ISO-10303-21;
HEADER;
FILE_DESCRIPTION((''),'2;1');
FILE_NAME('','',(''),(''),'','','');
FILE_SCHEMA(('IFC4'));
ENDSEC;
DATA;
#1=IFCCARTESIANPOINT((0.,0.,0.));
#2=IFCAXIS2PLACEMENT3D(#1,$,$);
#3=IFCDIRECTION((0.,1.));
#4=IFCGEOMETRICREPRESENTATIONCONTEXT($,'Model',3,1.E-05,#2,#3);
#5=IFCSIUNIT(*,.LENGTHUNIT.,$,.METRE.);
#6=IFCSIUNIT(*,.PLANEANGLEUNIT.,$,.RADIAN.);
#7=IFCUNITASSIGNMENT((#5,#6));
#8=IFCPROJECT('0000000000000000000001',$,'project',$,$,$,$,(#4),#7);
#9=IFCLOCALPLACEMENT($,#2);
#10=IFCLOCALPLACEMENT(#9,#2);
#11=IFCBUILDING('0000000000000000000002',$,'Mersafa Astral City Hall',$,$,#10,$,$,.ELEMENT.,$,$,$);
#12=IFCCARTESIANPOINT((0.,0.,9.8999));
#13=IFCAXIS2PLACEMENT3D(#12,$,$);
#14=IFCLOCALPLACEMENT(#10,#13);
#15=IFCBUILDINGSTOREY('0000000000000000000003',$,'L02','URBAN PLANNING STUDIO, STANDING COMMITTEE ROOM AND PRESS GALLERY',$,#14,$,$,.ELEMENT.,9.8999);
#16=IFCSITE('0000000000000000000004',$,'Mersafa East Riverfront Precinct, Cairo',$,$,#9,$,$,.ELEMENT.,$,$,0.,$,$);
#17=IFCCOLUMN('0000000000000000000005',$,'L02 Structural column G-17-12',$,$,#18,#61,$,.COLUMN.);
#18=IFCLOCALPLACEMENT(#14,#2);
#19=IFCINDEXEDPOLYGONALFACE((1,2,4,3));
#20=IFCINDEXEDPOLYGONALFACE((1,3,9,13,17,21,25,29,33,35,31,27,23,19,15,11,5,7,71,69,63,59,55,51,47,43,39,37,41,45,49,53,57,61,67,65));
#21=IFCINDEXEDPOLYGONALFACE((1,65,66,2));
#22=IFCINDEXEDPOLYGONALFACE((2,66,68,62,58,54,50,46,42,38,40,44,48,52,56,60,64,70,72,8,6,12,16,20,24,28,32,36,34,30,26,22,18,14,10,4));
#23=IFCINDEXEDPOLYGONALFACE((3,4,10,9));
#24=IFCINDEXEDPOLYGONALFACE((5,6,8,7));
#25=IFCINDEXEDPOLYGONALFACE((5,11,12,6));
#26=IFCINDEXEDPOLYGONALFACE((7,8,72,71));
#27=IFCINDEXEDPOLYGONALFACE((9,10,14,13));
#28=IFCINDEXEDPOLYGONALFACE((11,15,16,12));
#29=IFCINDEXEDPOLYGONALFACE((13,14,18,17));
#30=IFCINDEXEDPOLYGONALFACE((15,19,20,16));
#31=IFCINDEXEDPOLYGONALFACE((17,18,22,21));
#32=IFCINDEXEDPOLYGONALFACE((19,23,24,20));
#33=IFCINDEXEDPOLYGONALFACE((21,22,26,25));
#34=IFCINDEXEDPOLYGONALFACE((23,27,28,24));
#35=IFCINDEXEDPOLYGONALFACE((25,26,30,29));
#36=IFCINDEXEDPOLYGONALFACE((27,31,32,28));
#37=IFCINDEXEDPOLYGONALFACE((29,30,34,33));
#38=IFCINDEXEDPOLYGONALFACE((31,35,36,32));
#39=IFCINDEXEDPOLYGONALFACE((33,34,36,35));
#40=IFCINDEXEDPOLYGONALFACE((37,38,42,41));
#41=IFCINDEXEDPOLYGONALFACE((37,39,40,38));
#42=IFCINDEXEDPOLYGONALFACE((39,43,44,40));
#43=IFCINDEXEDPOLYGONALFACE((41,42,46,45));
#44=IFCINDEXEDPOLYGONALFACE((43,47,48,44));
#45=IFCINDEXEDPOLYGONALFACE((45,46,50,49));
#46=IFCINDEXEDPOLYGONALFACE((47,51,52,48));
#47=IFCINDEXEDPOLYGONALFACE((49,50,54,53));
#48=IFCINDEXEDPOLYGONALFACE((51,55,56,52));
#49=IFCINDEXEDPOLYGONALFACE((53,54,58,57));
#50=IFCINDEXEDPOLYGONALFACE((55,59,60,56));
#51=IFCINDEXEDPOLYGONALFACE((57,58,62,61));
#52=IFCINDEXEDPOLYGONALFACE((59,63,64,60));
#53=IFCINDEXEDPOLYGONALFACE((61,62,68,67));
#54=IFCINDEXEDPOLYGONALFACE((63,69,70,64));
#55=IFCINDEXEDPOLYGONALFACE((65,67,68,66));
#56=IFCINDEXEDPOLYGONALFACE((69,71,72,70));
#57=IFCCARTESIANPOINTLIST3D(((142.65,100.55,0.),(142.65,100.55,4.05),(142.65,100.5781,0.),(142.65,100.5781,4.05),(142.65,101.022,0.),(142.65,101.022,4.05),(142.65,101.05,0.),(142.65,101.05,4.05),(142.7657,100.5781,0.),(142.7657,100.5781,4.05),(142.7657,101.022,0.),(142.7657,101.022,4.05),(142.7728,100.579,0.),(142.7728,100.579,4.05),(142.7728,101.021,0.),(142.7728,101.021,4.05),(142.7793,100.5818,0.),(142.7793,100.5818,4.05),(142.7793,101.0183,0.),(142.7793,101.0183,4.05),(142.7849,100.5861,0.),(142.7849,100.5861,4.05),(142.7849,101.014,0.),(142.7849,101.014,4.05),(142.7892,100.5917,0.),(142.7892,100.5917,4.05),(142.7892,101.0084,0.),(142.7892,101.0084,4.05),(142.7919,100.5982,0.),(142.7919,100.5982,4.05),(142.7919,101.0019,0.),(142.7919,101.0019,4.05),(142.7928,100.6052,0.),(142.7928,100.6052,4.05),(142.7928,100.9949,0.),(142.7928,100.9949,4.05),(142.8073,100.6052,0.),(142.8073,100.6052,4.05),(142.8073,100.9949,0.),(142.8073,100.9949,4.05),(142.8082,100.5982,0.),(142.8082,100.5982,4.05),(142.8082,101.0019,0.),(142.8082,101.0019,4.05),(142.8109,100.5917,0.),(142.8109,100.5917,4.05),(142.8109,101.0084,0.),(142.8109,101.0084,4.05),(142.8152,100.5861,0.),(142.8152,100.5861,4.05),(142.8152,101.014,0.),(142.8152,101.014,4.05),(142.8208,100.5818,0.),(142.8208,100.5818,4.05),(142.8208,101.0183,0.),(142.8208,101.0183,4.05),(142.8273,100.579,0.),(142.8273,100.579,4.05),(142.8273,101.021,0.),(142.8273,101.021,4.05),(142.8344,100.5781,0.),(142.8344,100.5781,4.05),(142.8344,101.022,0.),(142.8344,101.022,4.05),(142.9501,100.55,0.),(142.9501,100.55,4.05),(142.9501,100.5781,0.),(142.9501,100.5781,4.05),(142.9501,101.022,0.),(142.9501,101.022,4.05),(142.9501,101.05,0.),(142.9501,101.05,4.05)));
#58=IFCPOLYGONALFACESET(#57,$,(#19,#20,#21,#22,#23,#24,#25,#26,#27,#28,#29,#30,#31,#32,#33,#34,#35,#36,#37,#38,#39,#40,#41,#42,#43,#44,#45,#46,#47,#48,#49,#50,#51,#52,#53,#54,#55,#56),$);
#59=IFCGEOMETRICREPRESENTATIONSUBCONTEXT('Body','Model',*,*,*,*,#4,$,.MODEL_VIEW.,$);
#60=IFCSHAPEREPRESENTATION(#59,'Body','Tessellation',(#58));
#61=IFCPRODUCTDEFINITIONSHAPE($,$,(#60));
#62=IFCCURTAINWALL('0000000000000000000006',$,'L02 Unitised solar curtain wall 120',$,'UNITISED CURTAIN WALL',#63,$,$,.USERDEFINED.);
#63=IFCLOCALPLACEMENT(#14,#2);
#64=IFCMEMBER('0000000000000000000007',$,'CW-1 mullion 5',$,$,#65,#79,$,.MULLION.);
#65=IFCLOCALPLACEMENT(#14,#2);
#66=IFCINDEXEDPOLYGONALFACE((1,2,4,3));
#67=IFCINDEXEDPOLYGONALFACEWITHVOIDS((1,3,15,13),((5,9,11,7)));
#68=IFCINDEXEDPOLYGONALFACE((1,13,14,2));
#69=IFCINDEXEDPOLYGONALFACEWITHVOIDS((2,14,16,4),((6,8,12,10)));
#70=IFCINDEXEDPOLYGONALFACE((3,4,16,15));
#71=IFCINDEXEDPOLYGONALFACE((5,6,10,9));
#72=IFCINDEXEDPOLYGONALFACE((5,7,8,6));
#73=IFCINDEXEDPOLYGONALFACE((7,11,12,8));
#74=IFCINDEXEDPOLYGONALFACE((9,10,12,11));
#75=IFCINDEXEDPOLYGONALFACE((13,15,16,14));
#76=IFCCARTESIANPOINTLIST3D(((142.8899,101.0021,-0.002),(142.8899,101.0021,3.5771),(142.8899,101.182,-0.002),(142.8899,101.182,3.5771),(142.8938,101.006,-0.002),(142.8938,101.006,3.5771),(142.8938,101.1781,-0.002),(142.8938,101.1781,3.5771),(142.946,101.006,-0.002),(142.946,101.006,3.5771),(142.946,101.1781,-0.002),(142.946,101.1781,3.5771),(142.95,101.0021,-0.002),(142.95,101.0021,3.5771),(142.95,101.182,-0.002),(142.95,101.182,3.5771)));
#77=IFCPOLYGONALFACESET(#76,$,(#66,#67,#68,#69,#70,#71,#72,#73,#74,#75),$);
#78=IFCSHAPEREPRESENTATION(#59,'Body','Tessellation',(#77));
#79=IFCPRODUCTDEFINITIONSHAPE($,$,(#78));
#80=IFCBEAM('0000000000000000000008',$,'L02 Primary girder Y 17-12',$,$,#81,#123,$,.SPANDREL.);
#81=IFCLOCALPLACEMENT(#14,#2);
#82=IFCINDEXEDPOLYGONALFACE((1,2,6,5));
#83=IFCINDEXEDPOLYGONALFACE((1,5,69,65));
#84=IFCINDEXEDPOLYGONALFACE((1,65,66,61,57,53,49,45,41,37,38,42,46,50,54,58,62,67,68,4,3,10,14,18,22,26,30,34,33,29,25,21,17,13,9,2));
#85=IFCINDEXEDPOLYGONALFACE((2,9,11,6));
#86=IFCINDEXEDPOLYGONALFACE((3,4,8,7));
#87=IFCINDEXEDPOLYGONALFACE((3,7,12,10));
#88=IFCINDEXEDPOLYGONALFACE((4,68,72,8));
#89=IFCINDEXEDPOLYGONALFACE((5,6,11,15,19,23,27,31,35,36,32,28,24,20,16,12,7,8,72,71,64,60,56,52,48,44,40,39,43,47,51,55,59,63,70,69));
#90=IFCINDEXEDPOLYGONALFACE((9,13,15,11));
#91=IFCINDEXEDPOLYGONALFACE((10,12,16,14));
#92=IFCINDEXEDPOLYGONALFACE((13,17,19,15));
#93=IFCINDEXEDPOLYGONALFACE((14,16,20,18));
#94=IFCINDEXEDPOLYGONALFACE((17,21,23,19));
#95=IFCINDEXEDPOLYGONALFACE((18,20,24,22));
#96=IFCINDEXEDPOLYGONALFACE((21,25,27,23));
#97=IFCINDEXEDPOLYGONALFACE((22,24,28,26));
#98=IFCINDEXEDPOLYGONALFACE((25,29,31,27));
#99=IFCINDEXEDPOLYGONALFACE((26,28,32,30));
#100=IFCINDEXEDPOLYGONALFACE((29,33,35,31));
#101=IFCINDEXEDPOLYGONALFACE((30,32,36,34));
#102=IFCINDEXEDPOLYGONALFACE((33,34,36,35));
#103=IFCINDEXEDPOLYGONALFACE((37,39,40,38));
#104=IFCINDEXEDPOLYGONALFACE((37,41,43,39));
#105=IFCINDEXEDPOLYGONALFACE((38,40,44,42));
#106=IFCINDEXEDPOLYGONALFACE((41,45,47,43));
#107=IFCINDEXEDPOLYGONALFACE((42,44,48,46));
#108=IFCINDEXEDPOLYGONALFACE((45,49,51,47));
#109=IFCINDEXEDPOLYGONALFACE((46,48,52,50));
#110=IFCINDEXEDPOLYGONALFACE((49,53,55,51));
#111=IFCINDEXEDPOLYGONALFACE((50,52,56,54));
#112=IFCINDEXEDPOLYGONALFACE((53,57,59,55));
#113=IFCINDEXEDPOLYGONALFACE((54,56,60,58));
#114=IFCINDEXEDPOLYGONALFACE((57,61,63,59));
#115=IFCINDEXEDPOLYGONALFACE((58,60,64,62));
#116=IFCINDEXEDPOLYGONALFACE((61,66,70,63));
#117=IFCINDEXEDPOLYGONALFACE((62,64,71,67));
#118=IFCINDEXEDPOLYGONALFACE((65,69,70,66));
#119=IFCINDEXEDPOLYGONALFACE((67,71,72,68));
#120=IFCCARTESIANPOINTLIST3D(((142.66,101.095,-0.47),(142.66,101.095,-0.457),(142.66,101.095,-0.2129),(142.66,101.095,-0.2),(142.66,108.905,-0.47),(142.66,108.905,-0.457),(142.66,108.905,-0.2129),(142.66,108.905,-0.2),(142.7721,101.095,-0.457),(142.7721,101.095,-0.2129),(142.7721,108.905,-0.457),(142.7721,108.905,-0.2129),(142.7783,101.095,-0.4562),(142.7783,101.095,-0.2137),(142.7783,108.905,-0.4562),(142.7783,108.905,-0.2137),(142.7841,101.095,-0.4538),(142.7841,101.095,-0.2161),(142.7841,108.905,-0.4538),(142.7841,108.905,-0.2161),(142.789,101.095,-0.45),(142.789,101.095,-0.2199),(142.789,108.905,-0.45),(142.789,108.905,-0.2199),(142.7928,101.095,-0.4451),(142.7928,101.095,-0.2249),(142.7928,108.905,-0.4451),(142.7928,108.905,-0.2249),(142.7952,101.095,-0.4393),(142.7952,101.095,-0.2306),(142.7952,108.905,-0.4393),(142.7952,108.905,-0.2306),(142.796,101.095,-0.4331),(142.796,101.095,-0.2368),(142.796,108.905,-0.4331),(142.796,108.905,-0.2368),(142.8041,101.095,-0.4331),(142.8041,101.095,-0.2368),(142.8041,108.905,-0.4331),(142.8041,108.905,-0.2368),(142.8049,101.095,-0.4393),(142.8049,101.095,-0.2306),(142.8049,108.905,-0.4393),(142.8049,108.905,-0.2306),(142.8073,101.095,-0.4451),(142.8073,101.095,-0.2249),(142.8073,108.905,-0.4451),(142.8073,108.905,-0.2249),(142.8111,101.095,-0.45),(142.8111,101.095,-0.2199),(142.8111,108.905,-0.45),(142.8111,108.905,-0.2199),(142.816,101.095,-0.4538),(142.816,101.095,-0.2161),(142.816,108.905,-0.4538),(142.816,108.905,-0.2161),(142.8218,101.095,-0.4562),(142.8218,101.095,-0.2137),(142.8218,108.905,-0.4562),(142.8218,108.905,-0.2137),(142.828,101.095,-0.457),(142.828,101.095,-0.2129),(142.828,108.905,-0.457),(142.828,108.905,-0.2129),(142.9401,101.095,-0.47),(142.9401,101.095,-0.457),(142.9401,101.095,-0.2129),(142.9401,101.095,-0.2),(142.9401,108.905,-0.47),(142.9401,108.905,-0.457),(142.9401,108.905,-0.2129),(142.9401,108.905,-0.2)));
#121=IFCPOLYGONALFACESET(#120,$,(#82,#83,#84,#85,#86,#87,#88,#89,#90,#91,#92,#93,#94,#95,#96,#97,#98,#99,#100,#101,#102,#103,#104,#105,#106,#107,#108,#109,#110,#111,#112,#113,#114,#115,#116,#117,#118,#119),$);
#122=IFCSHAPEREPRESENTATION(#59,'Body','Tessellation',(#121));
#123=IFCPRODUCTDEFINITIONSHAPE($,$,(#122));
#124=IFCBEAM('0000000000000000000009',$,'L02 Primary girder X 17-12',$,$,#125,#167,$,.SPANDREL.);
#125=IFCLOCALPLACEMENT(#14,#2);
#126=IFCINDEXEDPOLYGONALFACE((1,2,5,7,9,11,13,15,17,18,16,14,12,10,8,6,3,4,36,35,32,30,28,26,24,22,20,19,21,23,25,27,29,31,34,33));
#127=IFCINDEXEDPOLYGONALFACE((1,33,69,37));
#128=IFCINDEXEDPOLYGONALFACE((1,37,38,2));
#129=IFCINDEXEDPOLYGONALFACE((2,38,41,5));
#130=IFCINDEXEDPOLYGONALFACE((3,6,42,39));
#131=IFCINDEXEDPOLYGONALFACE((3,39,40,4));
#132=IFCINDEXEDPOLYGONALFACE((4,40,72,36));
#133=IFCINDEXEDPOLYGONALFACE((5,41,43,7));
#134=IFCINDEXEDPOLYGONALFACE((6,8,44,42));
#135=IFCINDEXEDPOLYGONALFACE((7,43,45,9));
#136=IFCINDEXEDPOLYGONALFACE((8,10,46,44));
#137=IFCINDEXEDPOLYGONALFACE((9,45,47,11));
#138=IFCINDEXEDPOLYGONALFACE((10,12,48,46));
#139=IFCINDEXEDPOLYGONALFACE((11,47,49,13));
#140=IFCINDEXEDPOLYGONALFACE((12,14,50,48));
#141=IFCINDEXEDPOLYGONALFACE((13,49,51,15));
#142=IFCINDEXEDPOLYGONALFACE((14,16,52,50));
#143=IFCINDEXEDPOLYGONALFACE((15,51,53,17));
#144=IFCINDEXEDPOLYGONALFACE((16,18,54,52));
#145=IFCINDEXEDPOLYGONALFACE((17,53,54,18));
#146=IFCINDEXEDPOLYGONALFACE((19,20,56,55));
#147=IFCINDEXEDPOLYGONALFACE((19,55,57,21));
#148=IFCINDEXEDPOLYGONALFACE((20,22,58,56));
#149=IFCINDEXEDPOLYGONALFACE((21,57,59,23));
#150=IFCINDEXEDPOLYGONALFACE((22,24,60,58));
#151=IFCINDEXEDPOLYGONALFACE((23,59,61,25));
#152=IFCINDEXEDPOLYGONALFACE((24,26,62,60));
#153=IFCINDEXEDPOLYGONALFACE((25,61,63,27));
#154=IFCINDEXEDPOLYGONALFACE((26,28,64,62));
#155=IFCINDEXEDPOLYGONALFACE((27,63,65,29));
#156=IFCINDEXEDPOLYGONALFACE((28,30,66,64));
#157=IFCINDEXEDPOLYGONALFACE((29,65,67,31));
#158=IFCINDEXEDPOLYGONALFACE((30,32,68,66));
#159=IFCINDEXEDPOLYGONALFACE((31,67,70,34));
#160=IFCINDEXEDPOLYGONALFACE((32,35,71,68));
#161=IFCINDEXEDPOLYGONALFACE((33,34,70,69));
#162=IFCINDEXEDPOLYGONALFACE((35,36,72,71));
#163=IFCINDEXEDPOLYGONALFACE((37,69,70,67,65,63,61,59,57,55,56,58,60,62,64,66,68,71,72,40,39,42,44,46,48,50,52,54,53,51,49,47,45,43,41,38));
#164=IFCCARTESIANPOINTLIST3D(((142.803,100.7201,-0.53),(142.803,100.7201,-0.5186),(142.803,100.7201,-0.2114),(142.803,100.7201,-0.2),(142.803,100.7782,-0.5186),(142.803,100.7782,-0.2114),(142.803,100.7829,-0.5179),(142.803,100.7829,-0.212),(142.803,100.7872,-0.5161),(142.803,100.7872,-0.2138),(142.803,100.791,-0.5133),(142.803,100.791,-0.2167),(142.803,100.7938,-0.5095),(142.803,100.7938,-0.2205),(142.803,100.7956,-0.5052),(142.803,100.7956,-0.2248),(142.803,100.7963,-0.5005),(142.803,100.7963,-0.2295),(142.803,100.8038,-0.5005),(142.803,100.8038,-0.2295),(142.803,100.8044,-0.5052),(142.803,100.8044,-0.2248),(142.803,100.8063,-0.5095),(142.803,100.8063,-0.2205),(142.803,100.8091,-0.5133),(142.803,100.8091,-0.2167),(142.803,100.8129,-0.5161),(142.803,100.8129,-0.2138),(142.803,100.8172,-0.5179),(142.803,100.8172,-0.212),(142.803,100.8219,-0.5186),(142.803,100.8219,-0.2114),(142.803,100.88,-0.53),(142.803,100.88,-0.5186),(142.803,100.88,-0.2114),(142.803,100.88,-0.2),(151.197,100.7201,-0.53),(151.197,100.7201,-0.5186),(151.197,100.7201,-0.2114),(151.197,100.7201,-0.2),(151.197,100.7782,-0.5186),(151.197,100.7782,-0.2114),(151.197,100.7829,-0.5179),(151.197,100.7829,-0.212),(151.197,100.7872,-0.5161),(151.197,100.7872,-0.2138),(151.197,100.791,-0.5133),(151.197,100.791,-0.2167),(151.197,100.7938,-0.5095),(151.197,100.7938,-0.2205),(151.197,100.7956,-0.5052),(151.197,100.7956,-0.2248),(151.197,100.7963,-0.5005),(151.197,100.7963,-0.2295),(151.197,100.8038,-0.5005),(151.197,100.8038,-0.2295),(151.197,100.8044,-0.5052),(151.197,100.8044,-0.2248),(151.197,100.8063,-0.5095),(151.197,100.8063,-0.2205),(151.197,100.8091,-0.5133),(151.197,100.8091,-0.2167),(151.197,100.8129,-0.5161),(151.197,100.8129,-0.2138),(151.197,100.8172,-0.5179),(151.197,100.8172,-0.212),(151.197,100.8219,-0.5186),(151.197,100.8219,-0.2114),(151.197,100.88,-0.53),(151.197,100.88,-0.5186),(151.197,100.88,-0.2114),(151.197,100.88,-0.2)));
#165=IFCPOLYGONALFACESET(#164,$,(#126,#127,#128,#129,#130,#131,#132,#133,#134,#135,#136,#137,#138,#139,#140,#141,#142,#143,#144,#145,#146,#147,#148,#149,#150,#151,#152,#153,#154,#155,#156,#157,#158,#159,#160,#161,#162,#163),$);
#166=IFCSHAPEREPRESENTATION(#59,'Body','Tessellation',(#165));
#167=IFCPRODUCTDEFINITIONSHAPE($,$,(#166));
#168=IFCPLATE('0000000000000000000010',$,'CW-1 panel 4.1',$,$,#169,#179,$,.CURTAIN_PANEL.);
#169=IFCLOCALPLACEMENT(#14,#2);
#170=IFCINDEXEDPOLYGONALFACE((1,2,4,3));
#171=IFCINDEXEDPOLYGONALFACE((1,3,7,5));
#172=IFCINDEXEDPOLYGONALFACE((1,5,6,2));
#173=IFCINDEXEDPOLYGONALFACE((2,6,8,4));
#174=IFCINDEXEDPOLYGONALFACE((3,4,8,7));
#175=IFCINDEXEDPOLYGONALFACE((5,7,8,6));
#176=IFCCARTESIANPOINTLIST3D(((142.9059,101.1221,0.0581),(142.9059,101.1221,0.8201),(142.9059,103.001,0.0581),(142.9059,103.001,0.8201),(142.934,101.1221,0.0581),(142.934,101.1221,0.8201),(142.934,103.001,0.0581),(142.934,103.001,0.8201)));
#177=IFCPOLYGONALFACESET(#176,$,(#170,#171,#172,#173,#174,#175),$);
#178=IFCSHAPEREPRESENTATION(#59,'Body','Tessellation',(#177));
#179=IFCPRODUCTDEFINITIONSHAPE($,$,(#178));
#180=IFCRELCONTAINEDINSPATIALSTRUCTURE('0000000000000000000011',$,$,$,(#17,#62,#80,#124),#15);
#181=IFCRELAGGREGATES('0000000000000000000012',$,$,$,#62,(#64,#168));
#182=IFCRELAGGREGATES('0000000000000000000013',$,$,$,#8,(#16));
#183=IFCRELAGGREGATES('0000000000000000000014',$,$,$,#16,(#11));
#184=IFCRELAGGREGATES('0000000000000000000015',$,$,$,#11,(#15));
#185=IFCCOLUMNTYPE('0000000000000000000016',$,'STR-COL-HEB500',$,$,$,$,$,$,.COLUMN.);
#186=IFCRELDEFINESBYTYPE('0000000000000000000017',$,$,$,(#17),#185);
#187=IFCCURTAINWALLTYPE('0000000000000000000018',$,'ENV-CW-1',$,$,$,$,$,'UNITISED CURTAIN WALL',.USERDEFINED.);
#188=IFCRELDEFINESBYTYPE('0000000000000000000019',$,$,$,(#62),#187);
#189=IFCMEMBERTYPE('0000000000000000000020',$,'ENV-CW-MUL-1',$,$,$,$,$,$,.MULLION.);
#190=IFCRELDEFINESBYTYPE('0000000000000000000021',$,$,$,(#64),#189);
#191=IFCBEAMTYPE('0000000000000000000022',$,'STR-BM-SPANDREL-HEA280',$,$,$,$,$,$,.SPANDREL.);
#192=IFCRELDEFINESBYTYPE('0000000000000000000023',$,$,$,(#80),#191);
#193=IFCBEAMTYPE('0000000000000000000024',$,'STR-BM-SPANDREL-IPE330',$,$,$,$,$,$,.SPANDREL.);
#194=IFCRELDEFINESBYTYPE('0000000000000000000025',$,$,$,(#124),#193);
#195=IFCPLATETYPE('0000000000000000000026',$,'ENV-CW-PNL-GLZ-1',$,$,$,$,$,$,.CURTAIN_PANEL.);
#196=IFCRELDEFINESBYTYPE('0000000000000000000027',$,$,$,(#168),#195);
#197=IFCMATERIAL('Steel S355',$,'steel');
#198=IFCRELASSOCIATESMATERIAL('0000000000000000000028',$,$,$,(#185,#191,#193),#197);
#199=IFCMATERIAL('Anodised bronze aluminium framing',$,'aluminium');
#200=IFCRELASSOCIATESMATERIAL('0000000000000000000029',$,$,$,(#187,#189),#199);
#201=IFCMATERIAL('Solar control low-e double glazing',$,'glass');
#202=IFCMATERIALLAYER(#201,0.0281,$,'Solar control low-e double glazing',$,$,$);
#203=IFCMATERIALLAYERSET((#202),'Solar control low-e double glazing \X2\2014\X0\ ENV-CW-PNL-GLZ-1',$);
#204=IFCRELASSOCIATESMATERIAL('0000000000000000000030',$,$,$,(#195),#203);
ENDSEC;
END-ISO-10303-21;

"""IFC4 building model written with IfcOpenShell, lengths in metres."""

from ifc_helpers import new_model, si_unit, direction, frame, origin, origin_2d, place, context, subcontext, project, spatial, rectangle, hollow_rectangle, i_section, extrude, material, layer, layer_set, material_profile, profile_set, type_object, element, aggregate, save


model = new_model("IFC4")

# Units and contexts
model_context = context("Model", 3, precision=1e-05, world=origin(), true_north=direction((0.0, 1.0)))
body_context = subcontext(model_context, "Body", "Model", "MODEL_VIEW")
ifc_project = project(units=[si_unit("LENGTHUNIT", "METRE"), si_unit("PLANEANGLEUNIT", "RADIAN")], contexts=[model_context])

# Site, building, storey
site_placement = place(None, origin())
site = spatial("IfcSite", under=ifc_project, at=site_placement, Name="Mersafa East Riverfront Precinct, Cairo", CompositionType="ELEMENT", RefElevation=0.0)
building_placement = place(site_placement, origin())
building = spatial("IfcBuilding", under=site, at=building_placement, Name="Mersafa Astral City Hall", CompositionType="ELEMENT")
storey_placement = place(building_placement, frame((0.0, 0.0, 9.8999)))
storey = spatial("IfcBuildingStorey", under=building, at=storey_placement, Name="L02", Description="URBAN PLANNING STUDIO, STANDING COMMITTEE ROOM AND PRESS GALLERY", CompositionType="ELEMENT", Elevation=9.8999)

# Column
ifc_material_1 = material(Name="Steel S355", Category="steel")
ifc_material_profile_1 = material_profile(ifc_material_1, i_section(OverallWidth=0.3, OverallDepth=0.5, WebThickness=0.0144, FlangeThickness=0.0281, FilletRadius=0.0271, at=origin_2d()), Name="HEB 500")
ifc_profile_set_1 = profile_set([ifc_material_profile_1], Name="Steel S355")
column_type = type_object("IfcColumnType", Name="STR-COL-HEB500", PredefinedType="COLUMN", material=ifc_profile_set_1)
column_placement = place(storey_placement, frame((142.8, 100.8, 0.0), z_axis=(0.0, 0.0, 1.0), x_axis=(1.0, 0.0, 0.0)))
element("IfcColumn", 1, at=column_placement, inside=storey, type_object=column_type, Name="L02 Structural column G-17-12", PredefinedType="COLUMN", context=body_context, shape_type="SweptSolid", body=[
    extrude(i_section(OverallWidth=0.3, OverallDepth=0.5, WebThickness=0.0144, FlangeThickness=0.0281, FilletRadius=0.0271, at=origin_2d()), origin(), (0.0, 0.0, 1.0), 4.05),
])

# Curtain wall, member
ifc_material_2 = material(Name="Anodised bronze aluminium framing", Category="aluminium")
curtain_wall_type = type_object("IfcCurtainWallType", Name="ENV-CW-1", ElementType="UNITISED CURTAIN WALL", PredefinedType="USERDEFINED", material=ifc_material_2)
curtain_wall_placement = place(storey_placement, origin())
curtain_wall = element("IfcCurtainWall", 2, at=curtain_wall_placement, inside=storey, type_object=curtain_wall_type, Name="L02 Unitised solar curtain wall 120", ObjectType="UNITISED CURTAIN WALL", PredefinedType="USERDEFINED")
ifc_material_profile_2 = material_profile(ifc_material_2, hollow_rectangle(XDim=0.0601, YDim=0.1799, WallThickness=0.0039, at=origin_2d()), Name="RHS 60x180x4")
ifc_profile_set_2 = profile_set([ifc_material_profile_2], Name="Anodised bronze aluminium framing")
member_type = type_object("IfcMemberType", Name="ENV-CW-MUL-1", PredefinedType="MULLION", material=ifc_profile_set_2)
member_placement = place(storey_placement, frame((142.9199, 101.092, -0.002), z_axis=(0.0, 0.0, 1.0), x_axis=(1.0, 0.0, 0.0)))
member = element("IfcMember", 3, at=member_placement, type_object=member_type, Name="CW-1 mullion 5", PredefinedType="MULLION", context=body_context, shape_type="SweptSolid", body=[
    extrude(hollow_rectangle(XDim=0.0601, YDim=0.1799, WallThickness=0.0039, at=origin_2d()), origin(), (0.0, 0.0, 1.0), 3.5791),
])

# Beams
ifc_material_profile_3 = material_profile(ifc_material_1, i_section(OverallWidth=0.28, OverallDepth=0.27, WebThickness=0.0081, FlangeThickness=0.0129, FilletRadius=0.0239, at=origin_2d()), Name="HEA 280")
ifc_profile_set_3 = profile_set([ifc_material_profile_3], Name="Steel S355")
beam_type_1 = type_object("IfcBeamType", Name="STR-BM-SPANDREL-HEA280", PredefinedType="SPANDREL", material=ifc_profile_set_3)
beam_1_placement = place(storey_placement, frame((142.8, 101.095, -0.335), z_axis=(0.0, 1.0, 0.0), x_axis=(-1.0, 0.0, 0.0)))
element("IfcBeam", 4, at=beam_1_placement, inside=storey, type_object=beam_type_1, Name="L02 Primary girder Y 17-12", PredefinedType="SPANDREL", context=body_context, shape_type="SweptSolid", body=[
    extrude(i_section(OverallWidth=0.28, OverallDepth=0.27, WebThickness=0.0081, FlangeThickness=0.0129, FilletRadius=0.0239, at=origin_2d()), origin(), (0.0, 0.0, 1.0), 7.8101),
])
ifc_material_profile_4 = material_profile(ifc_material_1, i_section(OverallWidth=0.1599, OverallDepth=0.3301, WebThickness=0.0076, FlangeThickness=0.0115, FilletRadius=0.0181, at=origin_2d()), Name="IPE 330")
ifc_profile_set_4 = profile_set([ifc_material_profile_4], Name="Steel S355")
beam_type_2 = type_object("IfcBeamType", Name="STR-BM-SPANDREL-IPE330", PredefinedType="SPANDREL", material=ifc_profile_set_4)
beam_2_placement = place(storey_placement, frame((142.803, 100.8, -0.365), z_axis=(1.0, 0.0, 0.0), x_axis=(0.0, 1.0, 0.0)))
element("IfcBeam", 5, at=beam_2_placement, inside=storey, type_object=beam_type_2, Name="L02 Primary girder X 17-12", PredefinedType="SPANDREL", context=body_context, shape_type="SweptSolid", body=[
    extrude(i_section(OverallWidth=0.1599, OverallDepth=0.3301, WebThickness=0.0076, FlangeThickness=0.0115, FilletRadius=0.0181, at=origin_2d()), origin(), (0.0, 0.0, 1.0), 8.394),
])

# Plate
ifc_material_3 = material(Name="Solar control low-e double glazing", Category="glass")
ifc_layer_1 = layer(ifc_material_3, 0.0281, Name="Solar control low-e double glazing")
ifc_layer_set_1 = layer_set([ifc_layer_1], Name="Solar control low-e double glazing — ENV-CW-PNL-GLZ-1")
plate_type = type_object("IfcPlateType", Name="ENV-CW-PNL-GLZ-1", PredefinedType="CURTAIN_PANEL", material=ifc_layer_set_1)
plate_placement = place(storey_placement, frame((142.9199, 102.0615, 0.0581), z_axis=(0.0, 0.0, 1.0), x_axis=(0.0, -1.0, 0.0)))
plate = element("IfcPlate", 6, at=plate_placement, type_object=plate_type, Name="CW-1 panel 4.1", PredefinedType="CURTAIN_PANEL", context=body_context, shape_type="SweptSolid", body=[
    extrude(rectangle(XDim=1.8789, YDim=0.0281, at=origin_2d()), origin(), (0.0, 0.0, 1.0), 0.762),
])
aggregate(curtain_wall, [member, plate])

save(model, "model.ifc")
